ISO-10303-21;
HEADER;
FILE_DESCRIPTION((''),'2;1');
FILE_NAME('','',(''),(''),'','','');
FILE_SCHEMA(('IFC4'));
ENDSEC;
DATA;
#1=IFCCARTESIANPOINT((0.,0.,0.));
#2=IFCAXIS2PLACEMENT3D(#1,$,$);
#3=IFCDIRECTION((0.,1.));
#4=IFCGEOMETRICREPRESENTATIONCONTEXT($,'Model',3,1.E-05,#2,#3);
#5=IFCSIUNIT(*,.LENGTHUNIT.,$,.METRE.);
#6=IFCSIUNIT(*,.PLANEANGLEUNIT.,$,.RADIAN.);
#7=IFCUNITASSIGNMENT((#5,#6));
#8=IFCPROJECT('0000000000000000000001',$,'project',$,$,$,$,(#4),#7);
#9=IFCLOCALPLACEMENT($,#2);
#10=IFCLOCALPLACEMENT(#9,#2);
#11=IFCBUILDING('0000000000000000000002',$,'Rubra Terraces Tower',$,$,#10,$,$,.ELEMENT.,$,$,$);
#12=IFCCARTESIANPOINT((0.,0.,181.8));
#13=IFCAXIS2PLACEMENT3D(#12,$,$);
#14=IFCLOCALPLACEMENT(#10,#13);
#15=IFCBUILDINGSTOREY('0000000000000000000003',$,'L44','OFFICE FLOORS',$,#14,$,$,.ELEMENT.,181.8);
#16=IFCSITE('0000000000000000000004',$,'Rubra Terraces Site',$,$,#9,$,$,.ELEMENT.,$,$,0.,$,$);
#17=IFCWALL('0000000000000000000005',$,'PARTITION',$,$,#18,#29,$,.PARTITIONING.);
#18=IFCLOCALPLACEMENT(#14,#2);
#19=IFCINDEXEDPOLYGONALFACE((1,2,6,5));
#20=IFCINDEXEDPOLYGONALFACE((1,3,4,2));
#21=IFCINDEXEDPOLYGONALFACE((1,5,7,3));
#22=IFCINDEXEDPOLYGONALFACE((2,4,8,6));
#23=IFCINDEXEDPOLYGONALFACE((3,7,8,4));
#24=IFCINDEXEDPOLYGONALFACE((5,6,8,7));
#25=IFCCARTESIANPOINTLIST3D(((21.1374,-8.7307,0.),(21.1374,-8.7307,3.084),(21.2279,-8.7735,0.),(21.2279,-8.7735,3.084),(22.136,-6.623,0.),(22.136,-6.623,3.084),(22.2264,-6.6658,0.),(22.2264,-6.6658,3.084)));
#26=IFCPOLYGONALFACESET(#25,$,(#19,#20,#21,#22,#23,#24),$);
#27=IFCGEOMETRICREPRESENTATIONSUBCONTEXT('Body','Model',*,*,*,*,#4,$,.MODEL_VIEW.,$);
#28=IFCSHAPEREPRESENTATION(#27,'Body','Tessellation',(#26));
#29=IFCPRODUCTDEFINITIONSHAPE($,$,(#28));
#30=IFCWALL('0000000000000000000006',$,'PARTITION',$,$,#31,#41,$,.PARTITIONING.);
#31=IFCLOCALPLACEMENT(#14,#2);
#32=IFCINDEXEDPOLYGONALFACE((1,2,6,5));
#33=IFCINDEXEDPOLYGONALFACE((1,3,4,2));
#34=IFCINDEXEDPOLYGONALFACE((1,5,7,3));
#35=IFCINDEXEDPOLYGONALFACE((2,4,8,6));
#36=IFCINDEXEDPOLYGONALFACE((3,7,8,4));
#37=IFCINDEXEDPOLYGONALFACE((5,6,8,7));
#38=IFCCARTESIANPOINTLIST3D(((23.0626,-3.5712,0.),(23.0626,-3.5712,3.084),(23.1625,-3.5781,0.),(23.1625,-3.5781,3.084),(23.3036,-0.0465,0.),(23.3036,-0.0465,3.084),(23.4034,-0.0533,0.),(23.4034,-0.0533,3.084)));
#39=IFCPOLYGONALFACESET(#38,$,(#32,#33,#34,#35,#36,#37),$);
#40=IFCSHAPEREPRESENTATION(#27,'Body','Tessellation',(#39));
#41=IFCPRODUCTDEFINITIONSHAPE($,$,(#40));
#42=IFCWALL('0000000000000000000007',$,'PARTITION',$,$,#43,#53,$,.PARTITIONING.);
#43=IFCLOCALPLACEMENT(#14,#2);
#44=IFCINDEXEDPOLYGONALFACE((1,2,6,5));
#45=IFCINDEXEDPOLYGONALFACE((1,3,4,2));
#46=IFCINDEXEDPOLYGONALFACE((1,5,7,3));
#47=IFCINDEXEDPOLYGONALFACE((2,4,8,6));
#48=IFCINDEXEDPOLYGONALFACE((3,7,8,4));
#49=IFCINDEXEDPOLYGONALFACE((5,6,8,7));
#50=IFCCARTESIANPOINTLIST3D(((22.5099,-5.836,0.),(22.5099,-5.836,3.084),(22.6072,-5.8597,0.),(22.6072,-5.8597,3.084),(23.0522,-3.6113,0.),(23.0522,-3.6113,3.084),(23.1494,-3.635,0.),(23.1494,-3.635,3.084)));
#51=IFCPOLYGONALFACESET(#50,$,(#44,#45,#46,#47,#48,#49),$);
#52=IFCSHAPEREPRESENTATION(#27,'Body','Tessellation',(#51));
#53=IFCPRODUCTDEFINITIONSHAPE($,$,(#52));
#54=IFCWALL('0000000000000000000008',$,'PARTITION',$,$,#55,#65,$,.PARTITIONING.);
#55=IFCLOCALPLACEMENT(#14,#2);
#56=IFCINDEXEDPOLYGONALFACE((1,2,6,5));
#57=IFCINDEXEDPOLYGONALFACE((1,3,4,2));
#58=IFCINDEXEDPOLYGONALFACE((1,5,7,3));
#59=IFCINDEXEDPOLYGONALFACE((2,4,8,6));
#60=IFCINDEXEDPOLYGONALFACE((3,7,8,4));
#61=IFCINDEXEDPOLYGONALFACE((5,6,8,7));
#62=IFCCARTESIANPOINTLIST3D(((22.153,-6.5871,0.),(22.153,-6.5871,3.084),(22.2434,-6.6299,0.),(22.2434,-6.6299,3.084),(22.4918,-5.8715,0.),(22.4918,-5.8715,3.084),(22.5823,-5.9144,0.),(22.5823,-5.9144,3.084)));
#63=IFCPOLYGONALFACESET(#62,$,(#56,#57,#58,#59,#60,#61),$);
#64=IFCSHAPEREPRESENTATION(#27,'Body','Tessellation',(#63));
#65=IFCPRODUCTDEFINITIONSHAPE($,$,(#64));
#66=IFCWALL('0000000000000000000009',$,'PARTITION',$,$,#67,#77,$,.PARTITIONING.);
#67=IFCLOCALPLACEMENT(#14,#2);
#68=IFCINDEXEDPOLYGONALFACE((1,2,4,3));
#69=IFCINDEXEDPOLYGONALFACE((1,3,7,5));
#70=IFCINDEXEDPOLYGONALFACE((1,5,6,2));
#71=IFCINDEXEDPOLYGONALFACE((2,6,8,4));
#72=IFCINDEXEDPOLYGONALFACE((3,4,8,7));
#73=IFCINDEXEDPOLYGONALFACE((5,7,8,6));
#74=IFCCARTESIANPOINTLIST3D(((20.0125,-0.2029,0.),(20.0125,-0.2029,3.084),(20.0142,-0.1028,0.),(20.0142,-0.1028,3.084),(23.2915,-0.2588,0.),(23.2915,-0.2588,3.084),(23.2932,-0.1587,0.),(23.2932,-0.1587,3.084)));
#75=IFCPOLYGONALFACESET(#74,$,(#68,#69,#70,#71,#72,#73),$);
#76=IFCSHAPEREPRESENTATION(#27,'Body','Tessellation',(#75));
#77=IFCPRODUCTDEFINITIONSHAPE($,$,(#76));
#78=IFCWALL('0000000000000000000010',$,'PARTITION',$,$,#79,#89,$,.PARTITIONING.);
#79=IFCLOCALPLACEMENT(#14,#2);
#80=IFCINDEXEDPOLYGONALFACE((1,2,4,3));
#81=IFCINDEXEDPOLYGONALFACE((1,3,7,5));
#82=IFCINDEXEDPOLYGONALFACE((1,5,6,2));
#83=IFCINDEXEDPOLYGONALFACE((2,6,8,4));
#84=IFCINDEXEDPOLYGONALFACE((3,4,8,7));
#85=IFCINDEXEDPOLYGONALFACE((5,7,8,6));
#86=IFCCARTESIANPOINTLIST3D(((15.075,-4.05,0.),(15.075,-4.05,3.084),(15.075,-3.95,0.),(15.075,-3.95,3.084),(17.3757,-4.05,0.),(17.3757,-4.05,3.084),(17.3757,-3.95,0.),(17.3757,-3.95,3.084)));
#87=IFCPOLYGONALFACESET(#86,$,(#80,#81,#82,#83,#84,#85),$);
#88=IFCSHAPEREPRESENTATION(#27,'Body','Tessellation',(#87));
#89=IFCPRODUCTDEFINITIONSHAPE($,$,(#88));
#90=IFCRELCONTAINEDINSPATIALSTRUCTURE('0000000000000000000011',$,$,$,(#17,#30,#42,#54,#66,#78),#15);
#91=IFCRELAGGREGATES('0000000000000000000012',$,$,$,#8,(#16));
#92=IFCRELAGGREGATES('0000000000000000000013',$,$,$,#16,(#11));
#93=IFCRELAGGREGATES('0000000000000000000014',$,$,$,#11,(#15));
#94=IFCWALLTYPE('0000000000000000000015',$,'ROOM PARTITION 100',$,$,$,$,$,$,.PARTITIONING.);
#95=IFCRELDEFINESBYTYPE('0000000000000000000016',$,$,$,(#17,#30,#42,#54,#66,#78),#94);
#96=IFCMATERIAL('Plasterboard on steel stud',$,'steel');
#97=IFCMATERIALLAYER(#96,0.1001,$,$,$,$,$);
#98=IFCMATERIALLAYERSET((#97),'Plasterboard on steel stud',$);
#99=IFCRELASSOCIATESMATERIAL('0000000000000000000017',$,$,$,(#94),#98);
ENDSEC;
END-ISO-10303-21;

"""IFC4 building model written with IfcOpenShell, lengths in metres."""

from ifc_helpers import new_model, si_unit, direction, frame, frame_2d, origin, place, context, subcontext, project, spatial, rectangle, extrude, material, layer, layer_set, type_object, element, save


model = new_model("IFC4")

# Units and contexts
model_context = context("Model", 3, precision=1e-05, world=origin(), true_north=direction((0.0, 1.0)))
body_context = subcontext(model_context, "Body", "Model", "MODEL_VIEW")
ifc_project = project(units=[si_unit("LENGTHUNIT", "METRE"), si_unit("PLANEANGLEUNIT", "RADIAN")], contexts=[model_context])

# Site, building, storey
site_placement = place(None, origin())
site = spatial("IfcSite", under=ifc_project, at=site_placement, Name="Rubra Terraces Site", CompositionType="ELEMENT", RefElevation=0.0)
building_placement = place(site_placement, origin())
building = spatial("IfcBuilding", under=site, at=building_placement, Name="Rubra Terraces Tower", CompositionType="ELEMENT")
storey_placement = place(building_placement, frame((0.0, 0.0, 181.8)))
storey = spatial("IfcBuildingStorey", under=building, at=storey_placement, Name="L44", Description="OFFICE FLOORS", CompositionType="ELEMENT", Elevation=181.8)

# Walls
ifc_material_1 = material(Name="Plasterboard on steel stud", Category="steel")
ifc_layer_1 = layer(ifc_material_1, 0.1001)
ifc_layer_set_1 = layer_set([ifc_layer_1], Name="Plasterboard on steel stud")
wall_type_1 = type_object("IfcWallType", Name="ROOM PARTITION 100", PredefinedType="PARTITIONING", material=ifc_layer_set_1)
wall_1_placement = place(storey_placement, frame((22.1812, -6.6445, 0.0), z_axis=(0.0, 0.0, 1.0), x_axis=(-0.428145, -0.90371, 0.0)))
element("IfcWall", 1, at=wall_1_placement, inside=storey, type_object=wall_type_1, Name="PARTITION", PredefinedType="PARTITIONING", context=body_context, shape_type="SweptSolid", body=[
    extrude(rectangle(XDim=2.3323, YDim=0.1001, at=frame_2d((1.166, 0.0))), origin(), (0.0, 0.0, 1.0), 3.084),
])
wall_2_placement = place(storey_placement, frame((23.3535, -0.0498, 0.0), z_axis=(0.0, 0.0, 1.0), x_axis=(-0.068207, -0.997671, 0.0)))
element("IfcWall", 2, at=wall_2_placement, inside=storey, type_object=wall_type_1, Name="PARTITION", PredefinedType="PARTITIONING", context=body_context, shape_type="SweptSolid", body=[
    extrude(rectangle(XDim=3.533, YDim=0.1001, at=frame_2d((1.7666, 0.0))), origin(), (0.0, 0.0, 1.0), 3.084),
])
wall_3_placement = place(storey_placement, frame((23.1008, -3.623, 0.0), z_axis=(0.0, 0.0, 1.0), x_axis=(-0.236811, -0.971556, 0.0)))
element("IfcWall", 3, at=wall_3_placement, inside=storey, type_object=wall_type_1, Name="PARTITION", PredefinedType="PARTITIONING", context=body_context, shape_type="SweptSolid", body=[
    extrude(rectangle(XDim=2.2898, YDim=0.1001, at=frame_2d((1.145, 0.0))), origin(), (0.0, 0.0, 1.0), 3.084),
])
wall_4_placement = place(storey_placement, frame((22.5371, -5.8928, 0.0), z_axis=(0.0, 0.0, 1.0), x_axis=(-0.427994, -0.903782, 0.0)))
element("IfcWall", 4, at=wall_4_placement, inside=storey, type_object=wall_type_1, Name="PARTITION", PredefinedType="PARTITIONING", context=body_context, shape_type="SweptSolid", body=[
    extrude(rectangle(XDim=0.7917, YDim=0.1001, at=frame_2d((0.396, 0.0))), origin(), (0.0, 0.0, 1.0), 3.084),
])
wall_5_placement = place(storey_placement, frame((20.0134, -0.1528, 0.0), z_axis=(0.0, 0.0, 1.0), x_axis=(0.999855, -0.017048, 0.0)))
element("IfcWall", 5, at=wall_5_placement, inside=storey, type_object=wall_type_1, Name="PARTITION", PredefinedType="PARTITIONING", context=body_context, shape_type="SweptSolid", body=[
    extrude(rectangle(XDim=3.2795, YDim=0.1001, at=frame_2d((1.6396, 0.0))), origin(), (0.0, 0.0, 1.0), 3.084),
])
wall_6_placement = place(storey_placement, frame((15.075, -4.0, 0.0), z_axis=(0.0, 0.0, 1.0), x_axis=(1.0, 0.0, 0.0)))
element("IfcWall", 6, at=wall_6_placement, inside=storey, type_object=wall_type_1, Name="PARTITION", PredefinedType="PARTITIONING", context=body_context, shape_type="SweptSolid", body=[
    extrude(rectangle(XDim=2.3008, YDim=0.1001, at=frame_2d((1.1504, 0.0))), origin(), (0.0, 0.0, 1.0), 3.084),
])

save(model, "model.ifc")
